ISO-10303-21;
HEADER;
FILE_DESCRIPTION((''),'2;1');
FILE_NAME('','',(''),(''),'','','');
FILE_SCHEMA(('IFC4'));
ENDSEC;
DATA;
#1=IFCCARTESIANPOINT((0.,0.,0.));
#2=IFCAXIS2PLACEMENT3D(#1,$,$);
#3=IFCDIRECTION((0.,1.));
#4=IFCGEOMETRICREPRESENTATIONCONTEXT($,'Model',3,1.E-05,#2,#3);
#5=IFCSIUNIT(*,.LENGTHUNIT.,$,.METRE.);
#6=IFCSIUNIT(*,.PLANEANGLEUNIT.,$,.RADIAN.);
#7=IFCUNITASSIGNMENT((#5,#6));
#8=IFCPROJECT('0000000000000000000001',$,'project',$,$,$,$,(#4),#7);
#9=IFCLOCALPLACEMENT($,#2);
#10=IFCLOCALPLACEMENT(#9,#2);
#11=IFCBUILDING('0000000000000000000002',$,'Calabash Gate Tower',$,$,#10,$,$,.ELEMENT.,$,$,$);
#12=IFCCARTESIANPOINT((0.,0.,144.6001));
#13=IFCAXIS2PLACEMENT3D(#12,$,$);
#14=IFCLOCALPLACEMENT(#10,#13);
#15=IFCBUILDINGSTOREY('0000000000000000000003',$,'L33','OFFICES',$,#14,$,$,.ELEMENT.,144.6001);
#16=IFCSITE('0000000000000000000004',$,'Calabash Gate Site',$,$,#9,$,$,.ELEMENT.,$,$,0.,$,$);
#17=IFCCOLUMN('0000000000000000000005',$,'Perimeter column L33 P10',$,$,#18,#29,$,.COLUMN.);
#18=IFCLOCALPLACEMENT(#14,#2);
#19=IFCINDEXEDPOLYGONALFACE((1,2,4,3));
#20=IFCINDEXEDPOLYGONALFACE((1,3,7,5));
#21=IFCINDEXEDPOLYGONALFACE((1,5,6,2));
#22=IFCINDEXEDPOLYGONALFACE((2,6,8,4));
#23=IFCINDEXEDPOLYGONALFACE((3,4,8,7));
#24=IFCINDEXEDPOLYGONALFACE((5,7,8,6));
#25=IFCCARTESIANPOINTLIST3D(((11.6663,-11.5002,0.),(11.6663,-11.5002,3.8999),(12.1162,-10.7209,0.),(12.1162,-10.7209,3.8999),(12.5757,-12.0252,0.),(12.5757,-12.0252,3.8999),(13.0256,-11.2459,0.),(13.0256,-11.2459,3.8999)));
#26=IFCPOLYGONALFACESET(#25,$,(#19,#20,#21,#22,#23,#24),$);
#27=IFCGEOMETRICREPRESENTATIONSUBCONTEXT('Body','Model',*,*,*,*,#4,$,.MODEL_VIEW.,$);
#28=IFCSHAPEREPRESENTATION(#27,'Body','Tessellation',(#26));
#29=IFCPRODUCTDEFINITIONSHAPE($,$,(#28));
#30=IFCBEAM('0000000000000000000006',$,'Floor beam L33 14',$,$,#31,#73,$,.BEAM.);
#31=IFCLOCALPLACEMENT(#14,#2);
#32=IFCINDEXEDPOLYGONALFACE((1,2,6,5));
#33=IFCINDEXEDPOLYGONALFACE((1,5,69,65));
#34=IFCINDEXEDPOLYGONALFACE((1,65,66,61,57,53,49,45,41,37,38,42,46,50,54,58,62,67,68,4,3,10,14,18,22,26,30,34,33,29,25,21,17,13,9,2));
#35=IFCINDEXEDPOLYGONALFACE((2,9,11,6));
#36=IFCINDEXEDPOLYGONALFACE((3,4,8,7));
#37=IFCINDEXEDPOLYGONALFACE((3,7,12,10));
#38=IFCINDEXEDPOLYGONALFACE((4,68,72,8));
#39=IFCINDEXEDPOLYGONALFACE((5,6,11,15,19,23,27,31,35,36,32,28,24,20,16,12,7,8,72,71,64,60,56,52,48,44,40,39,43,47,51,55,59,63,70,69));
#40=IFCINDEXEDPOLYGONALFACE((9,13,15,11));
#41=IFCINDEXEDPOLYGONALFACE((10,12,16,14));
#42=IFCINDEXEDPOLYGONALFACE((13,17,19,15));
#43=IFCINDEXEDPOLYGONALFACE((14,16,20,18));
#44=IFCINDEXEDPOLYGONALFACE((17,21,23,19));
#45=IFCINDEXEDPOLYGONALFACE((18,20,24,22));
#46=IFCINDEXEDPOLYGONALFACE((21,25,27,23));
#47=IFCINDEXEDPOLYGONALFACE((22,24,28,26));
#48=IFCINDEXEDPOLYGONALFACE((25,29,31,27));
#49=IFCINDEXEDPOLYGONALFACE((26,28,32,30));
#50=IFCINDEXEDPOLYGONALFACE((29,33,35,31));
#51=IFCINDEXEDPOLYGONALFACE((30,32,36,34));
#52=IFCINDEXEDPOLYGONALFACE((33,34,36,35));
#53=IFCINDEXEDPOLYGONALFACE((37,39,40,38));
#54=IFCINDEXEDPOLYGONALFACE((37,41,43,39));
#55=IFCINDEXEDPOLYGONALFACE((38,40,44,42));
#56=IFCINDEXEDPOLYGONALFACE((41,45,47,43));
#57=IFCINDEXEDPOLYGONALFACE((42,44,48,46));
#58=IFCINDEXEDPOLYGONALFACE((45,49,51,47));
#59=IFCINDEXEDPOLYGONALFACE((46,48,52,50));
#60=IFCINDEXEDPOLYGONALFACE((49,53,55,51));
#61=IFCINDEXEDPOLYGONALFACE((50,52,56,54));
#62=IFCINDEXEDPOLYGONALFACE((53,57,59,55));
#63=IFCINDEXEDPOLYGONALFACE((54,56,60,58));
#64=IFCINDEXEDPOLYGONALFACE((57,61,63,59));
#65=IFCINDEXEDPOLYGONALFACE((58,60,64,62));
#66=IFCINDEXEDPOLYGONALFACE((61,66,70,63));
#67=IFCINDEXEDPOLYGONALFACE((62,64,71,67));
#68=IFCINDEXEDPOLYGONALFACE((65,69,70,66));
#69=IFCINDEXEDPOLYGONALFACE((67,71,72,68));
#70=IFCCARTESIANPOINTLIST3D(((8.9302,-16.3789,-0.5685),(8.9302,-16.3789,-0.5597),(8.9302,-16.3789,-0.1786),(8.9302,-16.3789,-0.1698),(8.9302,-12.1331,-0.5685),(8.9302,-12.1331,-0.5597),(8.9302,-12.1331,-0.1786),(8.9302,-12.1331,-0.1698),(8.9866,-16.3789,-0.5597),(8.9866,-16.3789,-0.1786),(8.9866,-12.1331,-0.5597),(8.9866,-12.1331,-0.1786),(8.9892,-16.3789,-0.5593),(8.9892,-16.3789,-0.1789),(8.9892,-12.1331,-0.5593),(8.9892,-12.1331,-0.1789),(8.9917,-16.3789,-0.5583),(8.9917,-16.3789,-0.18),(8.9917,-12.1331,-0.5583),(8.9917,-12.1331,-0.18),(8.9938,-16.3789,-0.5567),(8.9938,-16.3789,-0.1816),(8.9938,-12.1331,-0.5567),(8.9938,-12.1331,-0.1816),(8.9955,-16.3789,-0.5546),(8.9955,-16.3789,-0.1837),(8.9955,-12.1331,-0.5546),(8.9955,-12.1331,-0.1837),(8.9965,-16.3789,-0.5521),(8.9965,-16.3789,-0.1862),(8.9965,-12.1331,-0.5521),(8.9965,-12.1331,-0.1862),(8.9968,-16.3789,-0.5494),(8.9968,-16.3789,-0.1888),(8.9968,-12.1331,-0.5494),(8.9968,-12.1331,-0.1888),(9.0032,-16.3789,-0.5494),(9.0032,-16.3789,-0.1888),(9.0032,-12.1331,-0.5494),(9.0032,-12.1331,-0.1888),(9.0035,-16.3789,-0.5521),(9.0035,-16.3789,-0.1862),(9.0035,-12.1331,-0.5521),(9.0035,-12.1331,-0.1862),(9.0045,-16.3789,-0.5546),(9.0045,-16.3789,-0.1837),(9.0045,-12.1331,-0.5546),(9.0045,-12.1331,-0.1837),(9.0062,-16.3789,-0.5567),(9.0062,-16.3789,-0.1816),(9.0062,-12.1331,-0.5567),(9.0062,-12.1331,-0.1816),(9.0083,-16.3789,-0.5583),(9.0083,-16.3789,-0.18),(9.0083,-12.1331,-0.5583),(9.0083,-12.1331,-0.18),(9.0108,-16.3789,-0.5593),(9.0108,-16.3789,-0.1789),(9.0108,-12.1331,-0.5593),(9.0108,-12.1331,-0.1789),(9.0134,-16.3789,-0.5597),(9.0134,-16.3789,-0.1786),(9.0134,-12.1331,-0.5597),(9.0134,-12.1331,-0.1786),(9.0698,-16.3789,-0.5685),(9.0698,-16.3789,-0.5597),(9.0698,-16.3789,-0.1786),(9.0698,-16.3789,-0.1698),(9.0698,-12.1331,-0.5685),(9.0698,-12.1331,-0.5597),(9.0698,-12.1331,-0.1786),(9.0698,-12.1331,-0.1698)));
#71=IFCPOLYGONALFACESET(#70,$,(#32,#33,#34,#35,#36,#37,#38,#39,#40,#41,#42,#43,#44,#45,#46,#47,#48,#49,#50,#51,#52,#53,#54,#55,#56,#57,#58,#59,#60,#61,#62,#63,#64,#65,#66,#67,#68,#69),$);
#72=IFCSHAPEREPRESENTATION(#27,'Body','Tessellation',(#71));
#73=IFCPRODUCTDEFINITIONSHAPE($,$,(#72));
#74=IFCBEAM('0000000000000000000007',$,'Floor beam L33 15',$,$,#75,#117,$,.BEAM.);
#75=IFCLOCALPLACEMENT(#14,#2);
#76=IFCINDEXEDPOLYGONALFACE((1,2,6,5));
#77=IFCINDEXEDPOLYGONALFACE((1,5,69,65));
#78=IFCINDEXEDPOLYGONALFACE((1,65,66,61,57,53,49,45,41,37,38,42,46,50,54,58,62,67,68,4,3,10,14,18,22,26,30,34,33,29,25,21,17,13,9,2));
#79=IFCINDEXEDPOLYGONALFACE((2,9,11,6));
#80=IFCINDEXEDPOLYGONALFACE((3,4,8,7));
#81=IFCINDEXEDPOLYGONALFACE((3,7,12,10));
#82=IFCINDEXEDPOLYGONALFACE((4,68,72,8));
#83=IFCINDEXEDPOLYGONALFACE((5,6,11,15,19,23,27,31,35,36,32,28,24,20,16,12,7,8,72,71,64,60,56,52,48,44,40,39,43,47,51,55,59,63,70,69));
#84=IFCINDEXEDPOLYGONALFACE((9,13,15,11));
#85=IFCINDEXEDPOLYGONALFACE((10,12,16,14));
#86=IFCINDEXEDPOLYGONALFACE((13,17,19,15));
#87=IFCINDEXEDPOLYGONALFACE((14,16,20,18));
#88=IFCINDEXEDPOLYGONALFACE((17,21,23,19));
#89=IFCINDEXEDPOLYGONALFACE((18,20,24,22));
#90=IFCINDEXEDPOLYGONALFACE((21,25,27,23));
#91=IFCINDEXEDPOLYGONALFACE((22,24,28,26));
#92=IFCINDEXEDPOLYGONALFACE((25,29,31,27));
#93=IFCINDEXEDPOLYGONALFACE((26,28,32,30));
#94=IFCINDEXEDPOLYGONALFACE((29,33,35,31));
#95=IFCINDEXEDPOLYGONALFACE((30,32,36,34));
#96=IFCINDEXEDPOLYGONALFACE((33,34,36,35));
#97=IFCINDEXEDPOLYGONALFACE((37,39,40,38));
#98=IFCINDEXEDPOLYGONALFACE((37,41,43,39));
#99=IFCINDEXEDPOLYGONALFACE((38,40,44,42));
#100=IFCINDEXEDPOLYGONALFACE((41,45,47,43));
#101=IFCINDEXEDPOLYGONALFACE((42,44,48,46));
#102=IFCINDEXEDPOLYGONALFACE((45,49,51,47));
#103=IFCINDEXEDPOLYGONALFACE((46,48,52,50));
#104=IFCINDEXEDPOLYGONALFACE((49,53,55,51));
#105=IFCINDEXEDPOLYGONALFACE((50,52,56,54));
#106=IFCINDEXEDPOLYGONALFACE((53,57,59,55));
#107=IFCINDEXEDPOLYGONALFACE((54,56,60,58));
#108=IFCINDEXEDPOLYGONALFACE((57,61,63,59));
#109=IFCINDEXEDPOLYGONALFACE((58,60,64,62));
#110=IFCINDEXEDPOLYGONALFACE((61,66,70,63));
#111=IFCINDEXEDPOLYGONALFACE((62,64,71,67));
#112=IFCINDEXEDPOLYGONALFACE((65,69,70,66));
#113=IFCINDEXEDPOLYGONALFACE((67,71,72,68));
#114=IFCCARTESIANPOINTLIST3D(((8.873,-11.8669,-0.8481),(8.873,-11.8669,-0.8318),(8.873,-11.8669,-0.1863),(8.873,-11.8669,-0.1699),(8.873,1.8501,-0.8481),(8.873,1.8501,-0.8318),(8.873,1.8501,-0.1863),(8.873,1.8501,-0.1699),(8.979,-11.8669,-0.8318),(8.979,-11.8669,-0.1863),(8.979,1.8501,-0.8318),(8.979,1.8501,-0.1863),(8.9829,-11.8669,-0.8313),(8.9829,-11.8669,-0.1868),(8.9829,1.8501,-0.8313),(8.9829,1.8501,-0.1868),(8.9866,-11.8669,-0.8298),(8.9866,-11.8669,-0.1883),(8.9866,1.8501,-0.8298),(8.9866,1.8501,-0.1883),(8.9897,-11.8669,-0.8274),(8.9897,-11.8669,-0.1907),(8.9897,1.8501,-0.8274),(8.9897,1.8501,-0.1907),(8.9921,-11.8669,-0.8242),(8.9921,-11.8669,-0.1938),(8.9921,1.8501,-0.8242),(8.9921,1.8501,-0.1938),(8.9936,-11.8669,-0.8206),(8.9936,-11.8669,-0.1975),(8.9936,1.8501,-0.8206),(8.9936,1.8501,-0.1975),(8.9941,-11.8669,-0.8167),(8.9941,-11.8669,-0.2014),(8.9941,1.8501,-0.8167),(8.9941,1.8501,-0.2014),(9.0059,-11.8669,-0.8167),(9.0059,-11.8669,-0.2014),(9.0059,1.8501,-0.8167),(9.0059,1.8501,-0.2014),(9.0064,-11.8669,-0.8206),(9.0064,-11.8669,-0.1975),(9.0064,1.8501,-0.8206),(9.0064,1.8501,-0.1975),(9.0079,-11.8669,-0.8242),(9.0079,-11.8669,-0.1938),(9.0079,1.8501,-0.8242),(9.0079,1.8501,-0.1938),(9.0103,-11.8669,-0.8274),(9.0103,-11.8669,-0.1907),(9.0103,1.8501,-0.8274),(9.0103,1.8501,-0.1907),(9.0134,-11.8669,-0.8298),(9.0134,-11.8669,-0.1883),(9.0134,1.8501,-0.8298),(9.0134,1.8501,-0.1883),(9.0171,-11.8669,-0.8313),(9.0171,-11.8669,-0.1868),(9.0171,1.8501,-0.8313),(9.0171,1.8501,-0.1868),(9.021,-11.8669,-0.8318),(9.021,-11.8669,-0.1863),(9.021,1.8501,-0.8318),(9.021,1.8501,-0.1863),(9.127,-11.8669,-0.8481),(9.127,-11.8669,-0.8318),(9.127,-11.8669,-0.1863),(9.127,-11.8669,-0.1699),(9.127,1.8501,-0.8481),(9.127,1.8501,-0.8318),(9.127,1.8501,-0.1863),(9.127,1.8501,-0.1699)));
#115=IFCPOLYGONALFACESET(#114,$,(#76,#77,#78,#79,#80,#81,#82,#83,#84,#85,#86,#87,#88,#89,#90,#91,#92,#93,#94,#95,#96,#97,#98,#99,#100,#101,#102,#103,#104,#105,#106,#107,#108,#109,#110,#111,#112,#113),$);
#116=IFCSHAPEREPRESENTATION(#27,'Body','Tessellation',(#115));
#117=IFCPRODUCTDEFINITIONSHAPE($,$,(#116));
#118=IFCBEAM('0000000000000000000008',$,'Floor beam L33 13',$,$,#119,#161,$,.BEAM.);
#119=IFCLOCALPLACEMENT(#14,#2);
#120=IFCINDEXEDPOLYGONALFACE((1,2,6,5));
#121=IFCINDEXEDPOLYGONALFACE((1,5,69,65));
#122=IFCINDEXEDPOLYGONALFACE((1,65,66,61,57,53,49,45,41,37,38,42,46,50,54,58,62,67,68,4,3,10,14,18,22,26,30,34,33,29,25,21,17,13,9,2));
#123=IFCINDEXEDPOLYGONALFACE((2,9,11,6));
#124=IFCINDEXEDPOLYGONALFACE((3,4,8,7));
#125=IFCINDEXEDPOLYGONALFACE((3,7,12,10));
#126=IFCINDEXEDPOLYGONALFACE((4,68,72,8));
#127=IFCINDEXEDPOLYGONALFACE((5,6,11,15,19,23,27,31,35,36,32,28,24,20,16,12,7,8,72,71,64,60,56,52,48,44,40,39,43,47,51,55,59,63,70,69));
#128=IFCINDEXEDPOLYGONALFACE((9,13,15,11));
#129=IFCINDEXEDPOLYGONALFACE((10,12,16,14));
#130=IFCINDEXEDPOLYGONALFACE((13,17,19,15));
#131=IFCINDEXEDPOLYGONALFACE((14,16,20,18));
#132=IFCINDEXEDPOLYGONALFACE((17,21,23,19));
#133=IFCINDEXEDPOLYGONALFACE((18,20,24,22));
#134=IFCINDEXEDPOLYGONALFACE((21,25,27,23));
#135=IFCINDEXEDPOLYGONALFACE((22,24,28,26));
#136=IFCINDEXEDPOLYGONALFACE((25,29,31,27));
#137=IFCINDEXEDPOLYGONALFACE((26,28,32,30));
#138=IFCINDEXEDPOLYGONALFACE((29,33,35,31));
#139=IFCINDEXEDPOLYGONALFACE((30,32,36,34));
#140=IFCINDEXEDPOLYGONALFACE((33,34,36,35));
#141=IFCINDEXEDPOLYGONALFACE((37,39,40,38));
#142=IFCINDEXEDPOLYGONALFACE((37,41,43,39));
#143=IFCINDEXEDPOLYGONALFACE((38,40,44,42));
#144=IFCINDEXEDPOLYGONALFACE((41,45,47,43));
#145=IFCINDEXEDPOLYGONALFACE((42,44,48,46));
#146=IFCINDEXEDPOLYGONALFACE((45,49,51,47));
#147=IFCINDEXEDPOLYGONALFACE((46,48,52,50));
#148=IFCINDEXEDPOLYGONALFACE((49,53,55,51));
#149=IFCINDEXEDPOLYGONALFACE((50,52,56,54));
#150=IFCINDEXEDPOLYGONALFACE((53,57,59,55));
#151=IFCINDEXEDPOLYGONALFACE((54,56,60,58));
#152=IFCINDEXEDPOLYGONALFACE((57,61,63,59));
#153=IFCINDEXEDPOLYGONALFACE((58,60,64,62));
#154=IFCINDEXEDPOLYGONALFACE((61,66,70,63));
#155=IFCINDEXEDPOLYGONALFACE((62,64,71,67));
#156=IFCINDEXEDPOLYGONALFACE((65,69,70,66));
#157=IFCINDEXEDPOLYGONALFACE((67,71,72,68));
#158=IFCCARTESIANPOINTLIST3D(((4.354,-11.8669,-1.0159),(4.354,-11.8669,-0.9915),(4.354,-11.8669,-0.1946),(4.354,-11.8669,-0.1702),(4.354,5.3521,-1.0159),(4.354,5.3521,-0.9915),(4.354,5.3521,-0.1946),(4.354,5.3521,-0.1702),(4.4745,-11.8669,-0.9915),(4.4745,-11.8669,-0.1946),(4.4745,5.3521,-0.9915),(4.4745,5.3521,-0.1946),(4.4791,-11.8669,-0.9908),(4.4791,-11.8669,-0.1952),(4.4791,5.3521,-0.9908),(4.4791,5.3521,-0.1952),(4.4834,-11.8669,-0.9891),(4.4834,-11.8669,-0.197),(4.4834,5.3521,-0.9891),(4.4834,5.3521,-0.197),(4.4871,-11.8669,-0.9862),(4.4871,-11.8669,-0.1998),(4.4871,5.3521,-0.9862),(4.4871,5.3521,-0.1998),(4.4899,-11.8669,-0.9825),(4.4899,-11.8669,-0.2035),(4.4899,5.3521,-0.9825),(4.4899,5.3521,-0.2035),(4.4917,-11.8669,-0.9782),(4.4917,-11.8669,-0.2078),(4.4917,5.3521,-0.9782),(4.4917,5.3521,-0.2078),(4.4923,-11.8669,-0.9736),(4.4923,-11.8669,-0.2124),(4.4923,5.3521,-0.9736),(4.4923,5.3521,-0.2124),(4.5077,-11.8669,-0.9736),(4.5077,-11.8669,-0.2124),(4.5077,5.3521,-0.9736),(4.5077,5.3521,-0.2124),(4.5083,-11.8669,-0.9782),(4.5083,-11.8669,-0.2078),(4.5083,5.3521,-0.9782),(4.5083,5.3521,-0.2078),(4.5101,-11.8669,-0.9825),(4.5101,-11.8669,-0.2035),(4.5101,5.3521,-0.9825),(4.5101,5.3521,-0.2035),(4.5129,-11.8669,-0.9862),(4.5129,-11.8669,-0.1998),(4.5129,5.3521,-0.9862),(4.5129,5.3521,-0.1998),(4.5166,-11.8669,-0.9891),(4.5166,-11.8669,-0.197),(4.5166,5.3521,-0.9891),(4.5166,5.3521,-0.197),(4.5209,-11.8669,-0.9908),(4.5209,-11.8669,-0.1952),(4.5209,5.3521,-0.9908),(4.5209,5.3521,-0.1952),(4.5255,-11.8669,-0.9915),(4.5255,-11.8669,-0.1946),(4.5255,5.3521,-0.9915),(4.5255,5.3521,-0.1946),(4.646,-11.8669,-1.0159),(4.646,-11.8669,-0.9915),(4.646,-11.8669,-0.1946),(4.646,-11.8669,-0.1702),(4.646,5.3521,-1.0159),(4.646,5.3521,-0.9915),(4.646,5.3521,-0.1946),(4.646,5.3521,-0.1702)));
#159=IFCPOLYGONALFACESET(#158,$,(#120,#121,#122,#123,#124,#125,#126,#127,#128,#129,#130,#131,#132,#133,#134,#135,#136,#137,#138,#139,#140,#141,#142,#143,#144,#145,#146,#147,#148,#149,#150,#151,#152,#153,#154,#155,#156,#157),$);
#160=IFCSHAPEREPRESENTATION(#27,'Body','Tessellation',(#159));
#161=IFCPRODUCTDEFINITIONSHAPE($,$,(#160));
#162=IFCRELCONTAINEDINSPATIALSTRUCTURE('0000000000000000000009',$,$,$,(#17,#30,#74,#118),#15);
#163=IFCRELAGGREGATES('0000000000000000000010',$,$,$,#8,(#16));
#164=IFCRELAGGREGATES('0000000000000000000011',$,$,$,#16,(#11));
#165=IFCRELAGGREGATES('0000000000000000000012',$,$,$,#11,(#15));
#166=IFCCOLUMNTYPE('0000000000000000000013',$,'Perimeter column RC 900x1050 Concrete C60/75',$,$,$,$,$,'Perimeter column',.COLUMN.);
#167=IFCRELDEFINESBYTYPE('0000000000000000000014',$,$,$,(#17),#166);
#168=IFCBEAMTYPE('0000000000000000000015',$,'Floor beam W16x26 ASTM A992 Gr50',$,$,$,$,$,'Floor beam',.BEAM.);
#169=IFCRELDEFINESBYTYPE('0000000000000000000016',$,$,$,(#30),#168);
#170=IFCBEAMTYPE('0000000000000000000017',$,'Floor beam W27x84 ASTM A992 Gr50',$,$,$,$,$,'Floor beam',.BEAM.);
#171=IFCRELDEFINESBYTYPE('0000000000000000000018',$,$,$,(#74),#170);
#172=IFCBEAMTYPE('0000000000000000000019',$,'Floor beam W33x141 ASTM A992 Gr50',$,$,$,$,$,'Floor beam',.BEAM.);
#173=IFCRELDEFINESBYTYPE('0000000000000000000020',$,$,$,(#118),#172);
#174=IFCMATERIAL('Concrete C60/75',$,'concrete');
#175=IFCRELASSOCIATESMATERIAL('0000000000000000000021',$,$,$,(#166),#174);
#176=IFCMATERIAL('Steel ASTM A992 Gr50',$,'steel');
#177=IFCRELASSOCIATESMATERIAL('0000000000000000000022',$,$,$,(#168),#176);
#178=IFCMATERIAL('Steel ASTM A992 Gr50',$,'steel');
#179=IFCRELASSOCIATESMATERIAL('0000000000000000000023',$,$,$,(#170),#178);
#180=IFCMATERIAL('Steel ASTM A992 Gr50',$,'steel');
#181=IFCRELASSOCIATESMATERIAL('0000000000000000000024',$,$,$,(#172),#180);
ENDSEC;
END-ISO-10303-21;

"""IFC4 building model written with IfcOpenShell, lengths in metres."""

from ifc_helpers import new_model, si_unit, direction, frame, origin, origin_2d, place, context, subcontext, project, spatial, rectangle, i_section, extrude, material, material_profile, profile_set, type_object, element, save


model = new_model("IFC4")

# Units and contexts
model_context = context("Model", 3, precision=1e-05, world=origin(), true_north=direction((0.0, 1.0)))
body_context = subcontext(model_context, "Body", "Model", "MODEL_VIEW")
ifc_project = project(units=[si_unit("LENGTHUNIT", "METRE"), si_unit("PLANEANGLEUNIT", "RADIAN")], contexts=[model_context])

# Site, building, storey
site_placement = place(None, origin())
site = spatial("IfcSite", under=ifc_project, at=site_placement, Name="Calabash Gate Site", CompositionType="ELEMENT", RefElevation=0.0)
building_placement = place(site_placement, origin())
building = spatial("IfcBuilding", under=site, at=building_placement, Name="Calabash Gate Tower", CompositionType="ELEMENT")
storey_placement = place(building_placement, frame((0.0, 0.0, 144.6001)))
storey = spatial("IfcBuildingStorey", under=building, at=storey_placement, Name="L33", Description="OFFICES", CompositionType="ELEMENT", Elevation=144.6001)

# Column
ifc_material_1 = material(Name="Concrete C60/75", Category="concrete")
ifc_material_profile_1 = material_profile(ifc_material_1, rectangle(XDim=0.8999, YDim=1.05, at=origin_2d()))
ifc_profile_set_1 = profile_set([ifc_material_profile_1], Name="Concrete C60/75")
column_type = type_object("IfcColumnType", Name="Perimeter column RC 900x1050 Concrete C60/75", ElementType="Perimeter column", PredefinedType="COLUMN", material=ifc_profile_set_1)
column_placement = place(storey_placement, frame((12.3459, -11.373, 0.0), z_axis=(0.0, 0.0, 1.0), x_axis=(0.5, 0.866025, 0.0)))
element("IfcColumn", 1, at=column_placement, inside=storey, type_object=column_type, Name="Perimeter column L33 P10", PredefinedType="COLUMN", context=body_context, shape_type="SweptSolid", body=[
    extrude(rectangle(XDim=0.8999, YDim=1.05, at=origin_2d()), origin(), (0.0, 0.0, 1.0), 3.8999),
])

# Beams
ifc_material_2 = material(Name="Steel ASTM A992 Gr50", Category="steel")
ifc_material_profile_2 = material_profile(ifc_material_2, i_section(OverallWidth=0.1396, OverallDepth=0.3987, WebThickness=0.0063, FlangeThickness=0.0088, FilletRadius=0.0103, at=origin_2d()))
ifc_profile_set_2 = profile_set([ifc_material_profile_2], Name="Steel ASTM A992 Gr50")
beam_type_1 = type_object("IfcBeamType", Name="Floor beam W16x26 ASTM A992 Gr50", ElementType="Floor beam", PredefinedType="BEAM", material=ifc_profile_set_2)
beam_1_placement = place(storey_placement, frame((9.0, -16.3789, -0.3691), z_axis=(0.0, 1.0, 0.0), x_axis=(-1.0, 0.0, 0.0)))
element("IfcBeam", 2, at=beam_1_placement, inside=storey, type_object=beam_type_1, Name="Floor beam L33 14", PredefinedType="BEAM", context=body_context, shape_type="SweptSolid", body=[
    extrude(i_section(OverallWidth=0.1396, OverallDepth=0.3987, WebThickness=0.0063, FlangeThickness=0.0088, FilletRadius=0.0103, at=origin_2d()), origin(), (0.0, 0.0, 1.0), 4.2458),
])
ifc_material_3 = material(Name="Steel ASTM A992 Gr50", Category="steel")
ifc_material_profile_3 = material_profile(ifc_material_3, i_section(OverallWidth=0.2539, OverallDepth=0.6782, WebThickness=0.0117, FlangeThickness=0.0164, FilletRadius=0.0151, at=origin_2d()))
ifc_profile_set_3 = profile_set([ifc_material_profile_3], Name="Steel ASTM A992 Gr50")
beam_type_2 = type_object("IfcBeamType", Name="Floor beam W27x84 ASTM A992 Gr50", ElementType="Floor beam", PredefinedType="BEAM", material=ifc_profile_set_3)
beam_2_placement = place(storey_placement, frame((9.0, -11.8669, -0.509), z_axis=(0.0, 1.0, 0.0), x_axis=(-1.0, 0.0, 0.0)))
element("IfcBeam", 3, at=beam_2_placement, inside=storey, type_object=beam_type_2, Name="Floor beam L33 15", PredefinedType="BEAM", context=body_context, shape_type="SweptSolid", body=[
    extrude(i_section(OverallWidth=0.2539, OverallDepth=0.6782, WebThickness=0.0117, FlangeThickness=0.0164, FilletRadius=0.0151, at=origin_2d()), origin(), (0.0, 0.0, 1.0), 13.717),
])
ifc_material_4 = material(Name="Steel ASTM A992 Gr50", Category="steel")
ifc_material_profile_4 = material_profile(ifc_material_4, i_section(OverallWidth=0.292, OverallDepth=0.8457, WebThickness=0.0154, FlangeThickness=0.0244, FilletRadius=0.0178, at=origin_2d()))
ifc_profile_set_4 = profile_set([ifc_material_profile_4], Name="Steel ASTM A992 Gr50")
beam_type_3 = type_object("IfcBeamType", Name="Floor beam W33x141 ASTM A992 Gr50", ElementType="Floor beam", PredefinedType="BEAM", material=ifc_profile_set_4)
beam_3_placement = place(storey_placement, frame((4.5, -11.8669, -0.593), z_axis=(0.0, 1.0, 0.0), x_axis=(-1.0, 0.0, 0.0)))
element("IfcBeam", 4, at=beam_3_placement, inside=storey, type_object=beam_type_3, Name="Floor beam L33 13", PredefinedType="BEAM", context=body_context, shape_type="SweptSolid", body=[
    extrude(i_section(OverallWidth=0.292, OverallDepth=0.8457, WebThickness=0.0154, FlangeThickness=0.0244, FilletRadius=0.0178, at=origin_2d()), origin(), (0.0, 0.0, 1.0), 17.219),
])

save(model, "model.ifc")
